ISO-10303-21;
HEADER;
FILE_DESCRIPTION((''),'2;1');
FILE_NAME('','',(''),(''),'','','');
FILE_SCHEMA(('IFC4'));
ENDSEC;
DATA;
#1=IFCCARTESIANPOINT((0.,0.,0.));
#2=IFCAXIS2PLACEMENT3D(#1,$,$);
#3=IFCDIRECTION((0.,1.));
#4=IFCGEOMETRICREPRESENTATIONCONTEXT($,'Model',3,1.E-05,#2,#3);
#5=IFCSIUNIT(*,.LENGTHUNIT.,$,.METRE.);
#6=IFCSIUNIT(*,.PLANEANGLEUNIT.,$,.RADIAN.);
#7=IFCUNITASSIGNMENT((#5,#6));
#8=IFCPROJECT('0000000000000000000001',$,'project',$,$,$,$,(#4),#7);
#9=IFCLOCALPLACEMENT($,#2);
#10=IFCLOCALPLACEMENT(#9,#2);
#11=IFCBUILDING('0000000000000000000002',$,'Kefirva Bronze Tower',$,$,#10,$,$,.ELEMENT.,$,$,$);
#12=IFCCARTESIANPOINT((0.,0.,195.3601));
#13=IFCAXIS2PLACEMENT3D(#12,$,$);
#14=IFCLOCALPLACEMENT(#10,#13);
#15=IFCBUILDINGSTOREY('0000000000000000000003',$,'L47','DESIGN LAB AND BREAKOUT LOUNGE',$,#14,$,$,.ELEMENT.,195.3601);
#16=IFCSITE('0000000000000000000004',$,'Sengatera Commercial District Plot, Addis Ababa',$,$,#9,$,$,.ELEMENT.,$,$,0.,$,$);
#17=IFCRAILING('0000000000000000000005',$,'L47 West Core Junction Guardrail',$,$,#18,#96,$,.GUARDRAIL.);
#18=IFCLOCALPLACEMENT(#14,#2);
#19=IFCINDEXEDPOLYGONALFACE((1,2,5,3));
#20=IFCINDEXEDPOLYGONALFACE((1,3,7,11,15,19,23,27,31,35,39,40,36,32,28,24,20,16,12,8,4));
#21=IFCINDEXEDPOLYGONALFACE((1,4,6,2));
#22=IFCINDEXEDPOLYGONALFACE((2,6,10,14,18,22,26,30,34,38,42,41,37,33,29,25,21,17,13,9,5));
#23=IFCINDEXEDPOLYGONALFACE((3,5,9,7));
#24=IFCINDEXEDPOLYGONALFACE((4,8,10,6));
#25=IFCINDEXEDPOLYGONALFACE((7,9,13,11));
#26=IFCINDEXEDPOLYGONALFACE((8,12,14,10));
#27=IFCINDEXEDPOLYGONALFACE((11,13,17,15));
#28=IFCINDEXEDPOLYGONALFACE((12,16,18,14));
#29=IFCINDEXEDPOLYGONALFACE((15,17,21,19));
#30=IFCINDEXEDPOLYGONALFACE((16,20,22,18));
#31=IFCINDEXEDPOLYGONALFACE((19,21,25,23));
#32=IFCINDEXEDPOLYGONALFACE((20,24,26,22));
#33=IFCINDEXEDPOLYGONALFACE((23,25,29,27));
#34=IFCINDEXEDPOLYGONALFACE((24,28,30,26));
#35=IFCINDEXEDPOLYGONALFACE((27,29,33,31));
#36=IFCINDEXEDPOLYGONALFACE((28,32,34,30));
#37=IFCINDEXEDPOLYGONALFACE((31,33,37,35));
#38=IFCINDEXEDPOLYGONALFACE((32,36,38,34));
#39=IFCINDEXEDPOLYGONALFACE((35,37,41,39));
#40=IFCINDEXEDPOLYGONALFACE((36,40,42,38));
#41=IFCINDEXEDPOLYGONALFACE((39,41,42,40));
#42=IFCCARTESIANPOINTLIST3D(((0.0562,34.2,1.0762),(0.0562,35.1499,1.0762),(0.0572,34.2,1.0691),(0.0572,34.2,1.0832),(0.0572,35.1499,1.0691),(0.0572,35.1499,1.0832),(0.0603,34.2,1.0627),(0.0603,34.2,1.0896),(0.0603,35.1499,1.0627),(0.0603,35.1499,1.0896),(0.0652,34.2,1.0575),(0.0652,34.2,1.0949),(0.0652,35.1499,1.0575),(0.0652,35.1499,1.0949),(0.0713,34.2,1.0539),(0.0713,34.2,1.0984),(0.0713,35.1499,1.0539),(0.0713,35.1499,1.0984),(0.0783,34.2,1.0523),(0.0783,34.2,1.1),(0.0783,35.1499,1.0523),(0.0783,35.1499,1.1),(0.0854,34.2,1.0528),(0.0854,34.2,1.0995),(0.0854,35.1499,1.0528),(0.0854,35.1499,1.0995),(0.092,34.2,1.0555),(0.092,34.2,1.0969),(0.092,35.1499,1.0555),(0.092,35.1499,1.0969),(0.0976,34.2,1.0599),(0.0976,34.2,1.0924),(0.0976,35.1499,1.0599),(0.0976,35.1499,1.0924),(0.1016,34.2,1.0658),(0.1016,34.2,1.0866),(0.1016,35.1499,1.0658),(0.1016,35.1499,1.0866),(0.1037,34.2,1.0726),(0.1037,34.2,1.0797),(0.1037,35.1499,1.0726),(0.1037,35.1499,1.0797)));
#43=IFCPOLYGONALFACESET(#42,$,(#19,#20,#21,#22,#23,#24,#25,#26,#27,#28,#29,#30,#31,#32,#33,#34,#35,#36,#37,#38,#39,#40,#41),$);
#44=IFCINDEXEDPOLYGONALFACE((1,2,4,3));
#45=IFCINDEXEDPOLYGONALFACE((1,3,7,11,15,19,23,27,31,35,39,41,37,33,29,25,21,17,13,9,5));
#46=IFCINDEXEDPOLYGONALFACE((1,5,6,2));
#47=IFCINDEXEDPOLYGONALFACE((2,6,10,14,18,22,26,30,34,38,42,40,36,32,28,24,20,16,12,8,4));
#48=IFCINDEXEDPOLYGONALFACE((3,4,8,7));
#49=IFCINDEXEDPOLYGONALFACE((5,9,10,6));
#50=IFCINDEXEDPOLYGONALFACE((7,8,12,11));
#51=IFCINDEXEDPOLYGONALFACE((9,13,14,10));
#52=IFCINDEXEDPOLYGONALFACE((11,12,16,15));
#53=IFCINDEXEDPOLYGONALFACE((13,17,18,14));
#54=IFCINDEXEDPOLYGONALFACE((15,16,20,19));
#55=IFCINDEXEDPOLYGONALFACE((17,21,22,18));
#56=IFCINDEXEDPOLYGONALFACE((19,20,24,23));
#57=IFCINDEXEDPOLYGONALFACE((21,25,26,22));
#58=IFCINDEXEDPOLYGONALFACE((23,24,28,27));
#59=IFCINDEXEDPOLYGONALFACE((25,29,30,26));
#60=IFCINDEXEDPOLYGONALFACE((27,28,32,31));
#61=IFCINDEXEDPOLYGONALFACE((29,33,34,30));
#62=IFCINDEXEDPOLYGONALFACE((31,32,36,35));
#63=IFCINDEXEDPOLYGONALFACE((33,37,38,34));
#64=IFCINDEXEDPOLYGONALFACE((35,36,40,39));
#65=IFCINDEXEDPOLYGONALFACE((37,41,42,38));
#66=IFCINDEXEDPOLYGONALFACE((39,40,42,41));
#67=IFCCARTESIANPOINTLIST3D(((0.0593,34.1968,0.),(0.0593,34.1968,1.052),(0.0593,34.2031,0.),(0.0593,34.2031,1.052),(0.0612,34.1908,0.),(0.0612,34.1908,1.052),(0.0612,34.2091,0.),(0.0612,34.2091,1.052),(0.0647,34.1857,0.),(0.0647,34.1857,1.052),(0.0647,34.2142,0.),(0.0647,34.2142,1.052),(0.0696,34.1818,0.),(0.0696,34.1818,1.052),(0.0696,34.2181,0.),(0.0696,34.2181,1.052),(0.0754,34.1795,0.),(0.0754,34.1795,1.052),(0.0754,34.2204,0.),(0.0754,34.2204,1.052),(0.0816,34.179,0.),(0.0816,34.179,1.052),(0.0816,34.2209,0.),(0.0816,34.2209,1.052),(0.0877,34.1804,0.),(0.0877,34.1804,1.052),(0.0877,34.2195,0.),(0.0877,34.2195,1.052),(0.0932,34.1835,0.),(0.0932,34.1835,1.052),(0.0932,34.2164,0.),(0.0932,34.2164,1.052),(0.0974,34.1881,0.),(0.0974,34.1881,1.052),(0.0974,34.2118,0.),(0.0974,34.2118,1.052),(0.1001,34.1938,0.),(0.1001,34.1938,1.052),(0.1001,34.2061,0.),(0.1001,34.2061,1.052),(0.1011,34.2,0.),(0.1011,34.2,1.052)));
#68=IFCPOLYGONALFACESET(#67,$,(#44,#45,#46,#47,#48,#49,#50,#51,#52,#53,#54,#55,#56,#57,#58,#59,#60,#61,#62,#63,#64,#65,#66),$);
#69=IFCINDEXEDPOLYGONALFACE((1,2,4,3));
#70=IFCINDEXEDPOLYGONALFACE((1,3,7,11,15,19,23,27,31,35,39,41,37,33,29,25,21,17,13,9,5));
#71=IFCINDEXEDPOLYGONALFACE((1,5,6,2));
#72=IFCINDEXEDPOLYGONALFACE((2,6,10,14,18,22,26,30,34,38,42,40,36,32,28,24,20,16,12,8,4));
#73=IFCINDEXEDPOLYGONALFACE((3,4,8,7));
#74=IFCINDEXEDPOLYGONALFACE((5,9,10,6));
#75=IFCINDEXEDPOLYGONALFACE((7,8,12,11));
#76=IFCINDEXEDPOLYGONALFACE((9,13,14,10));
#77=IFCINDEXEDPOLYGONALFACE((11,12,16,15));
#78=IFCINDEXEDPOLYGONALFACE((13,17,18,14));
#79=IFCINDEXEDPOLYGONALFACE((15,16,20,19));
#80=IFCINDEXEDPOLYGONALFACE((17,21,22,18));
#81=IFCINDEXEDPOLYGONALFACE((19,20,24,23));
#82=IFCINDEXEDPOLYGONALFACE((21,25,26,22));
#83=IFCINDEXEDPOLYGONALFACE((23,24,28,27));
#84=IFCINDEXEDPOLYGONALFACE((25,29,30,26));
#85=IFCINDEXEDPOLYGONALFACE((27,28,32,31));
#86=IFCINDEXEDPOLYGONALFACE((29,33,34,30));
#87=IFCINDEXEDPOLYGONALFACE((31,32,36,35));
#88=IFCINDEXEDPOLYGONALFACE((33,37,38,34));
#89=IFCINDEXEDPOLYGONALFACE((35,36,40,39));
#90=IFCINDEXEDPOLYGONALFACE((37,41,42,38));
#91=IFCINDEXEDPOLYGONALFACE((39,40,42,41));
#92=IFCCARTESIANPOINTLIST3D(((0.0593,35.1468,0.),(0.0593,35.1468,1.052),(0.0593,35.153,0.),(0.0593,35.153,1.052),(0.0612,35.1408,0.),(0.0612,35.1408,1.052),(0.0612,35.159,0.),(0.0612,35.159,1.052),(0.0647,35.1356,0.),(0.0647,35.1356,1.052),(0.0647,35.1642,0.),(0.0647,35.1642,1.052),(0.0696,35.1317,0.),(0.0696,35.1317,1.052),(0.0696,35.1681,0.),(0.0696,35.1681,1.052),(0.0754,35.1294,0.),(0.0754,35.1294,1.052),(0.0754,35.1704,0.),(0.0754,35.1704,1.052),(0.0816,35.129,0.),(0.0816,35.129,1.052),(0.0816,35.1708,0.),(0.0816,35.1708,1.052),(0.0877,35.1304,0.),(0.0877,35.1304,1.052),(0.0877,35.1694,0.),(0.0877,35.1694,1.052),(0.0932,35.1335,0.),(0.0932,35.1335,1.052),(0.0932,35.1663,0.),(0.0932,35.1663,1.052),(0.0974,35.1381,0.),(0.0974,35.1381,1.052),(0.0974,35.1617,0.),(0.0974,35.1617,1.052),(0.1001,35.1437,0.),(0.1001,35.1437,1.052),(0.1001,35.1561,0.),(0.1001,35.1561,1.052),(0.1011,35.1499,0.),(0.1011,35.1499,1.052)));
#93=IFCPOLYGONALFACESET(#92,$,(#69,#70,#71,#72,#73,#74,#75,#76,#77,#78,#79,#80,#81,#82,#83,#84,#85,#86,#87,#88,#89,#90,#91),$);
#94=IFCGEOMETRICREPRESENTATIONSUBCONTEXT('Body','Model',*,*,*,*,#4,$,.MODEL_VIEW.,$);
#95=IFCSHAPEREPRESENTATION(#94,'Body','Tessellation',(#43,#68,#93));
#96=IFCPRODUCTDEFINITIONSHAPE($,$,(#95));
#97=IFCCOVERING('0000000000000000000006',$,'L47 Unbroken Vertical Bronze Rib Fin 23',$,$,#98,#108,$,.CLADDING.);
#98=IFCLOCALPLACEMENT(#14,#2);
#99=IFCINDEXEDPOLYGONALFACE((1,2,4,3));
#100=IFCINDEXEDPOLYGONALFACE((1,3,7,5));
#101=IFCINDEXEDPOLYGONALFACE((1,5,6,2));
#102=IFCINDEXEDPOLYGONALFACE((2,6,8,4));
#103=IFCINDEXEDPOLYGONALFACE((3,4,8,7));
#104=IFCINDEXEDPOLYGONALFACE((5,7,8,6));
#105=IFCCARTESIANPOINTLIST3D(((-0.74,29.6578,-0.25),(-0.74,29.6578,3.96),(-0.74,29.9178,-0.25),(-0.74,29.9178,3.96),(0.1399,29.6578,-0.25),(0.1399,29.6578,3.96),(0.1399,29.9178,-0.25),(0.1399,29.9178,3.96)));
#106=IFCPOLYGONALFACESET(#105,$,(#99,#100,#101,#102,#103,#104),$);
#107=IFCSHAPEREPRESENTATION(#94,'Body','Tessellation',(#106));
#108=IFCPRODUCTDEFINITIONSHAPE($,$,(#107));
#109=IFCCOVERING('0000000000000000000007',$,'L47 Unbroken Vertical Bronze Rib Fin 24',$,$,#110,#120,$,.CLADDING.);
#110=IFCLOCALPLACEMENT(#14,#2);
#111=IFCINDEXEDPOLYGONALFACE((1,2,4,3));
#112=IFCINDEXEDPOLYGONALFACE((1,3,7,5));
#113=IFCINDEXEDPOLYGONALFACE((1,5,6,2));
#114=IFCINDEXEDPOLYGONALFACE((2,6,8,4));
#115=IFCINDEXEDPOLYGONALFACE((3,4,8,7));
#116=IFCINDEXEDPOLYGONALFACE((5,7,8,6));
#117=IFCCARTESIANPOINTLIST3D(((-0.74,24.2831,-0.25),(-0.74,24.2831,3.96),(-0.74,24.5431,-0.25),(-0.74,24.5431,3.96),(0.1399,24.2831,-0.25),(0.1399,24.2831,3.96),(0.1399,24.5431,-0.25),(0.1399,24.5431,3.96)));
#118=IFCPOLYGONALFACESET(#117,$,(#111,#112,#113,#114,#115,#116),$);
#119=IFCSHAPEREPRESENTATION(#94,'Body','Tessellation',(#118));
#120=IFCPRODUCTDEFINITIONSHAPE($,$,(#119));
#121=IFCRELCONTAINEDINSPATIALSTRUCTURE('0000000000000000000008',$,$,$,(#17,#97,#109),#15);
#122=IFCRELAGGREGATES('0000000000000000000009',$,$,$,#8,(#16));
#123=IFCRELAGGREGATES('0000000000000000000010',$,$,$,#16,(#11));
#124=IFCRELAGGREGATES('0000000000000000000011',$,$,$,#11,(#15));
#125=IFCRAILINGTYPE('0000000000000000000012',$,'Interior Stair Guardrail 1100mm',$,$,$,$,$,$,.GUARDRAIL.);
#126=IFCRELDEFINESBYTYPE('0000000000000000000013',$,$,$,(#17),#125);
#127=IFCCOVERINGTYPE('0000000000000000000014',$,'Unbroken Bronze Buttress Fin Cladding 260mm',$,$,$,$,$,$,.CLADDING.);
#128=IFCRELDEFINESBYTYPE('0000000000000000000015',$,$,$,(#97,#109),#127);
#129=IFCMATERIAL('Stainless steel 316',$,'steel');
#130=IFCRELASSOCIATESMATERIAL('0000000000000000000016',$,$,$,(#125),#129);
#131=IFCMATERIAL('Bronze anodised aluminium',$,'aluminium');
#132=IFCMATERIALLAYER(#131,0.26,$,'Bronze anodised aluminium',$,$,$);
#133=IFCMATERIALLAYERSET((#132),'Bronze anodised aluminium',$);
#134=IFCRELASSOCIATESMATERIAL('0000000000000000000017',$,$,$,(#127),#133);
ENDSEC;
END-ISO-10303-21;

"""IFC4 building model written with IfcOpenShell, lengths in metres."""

from ifc_helpers import new_model, si_unit, direction, frame, origin, origin_2d, place, context, subcontext, project, spatial, rectangle, circle, extrude, material, layer, layer_set, type_object, element, save


model = new_model("IFC4")

# Units and contexts
model_context = context("Model", 3, precision=1e-05, world=origin(), true_north=direction((0.0, 1.0)))
body_context = subcontext(model_context, "Body", "Model", "MODEL_VIEW")
ifc_project = project(units=[si_unit("LENGTHUNIT", "METRE"), si_unit("PLANEANGLEUNIT", "RADIAN")], contexts=[model_context])

# Site, building, storey
site_placement = place(None, origin())
site = spatial("IfcSite", under=ifc_project, at=site_placement, Name="Sengatera Commercial District Plot, Addis Ababa", CompositionType="ELEMENT", RefElevation=0.0)
building_placement = place(site_placement, origin())
building = spatial("IfcBuilding", under=site, at=building_placement, Name="Kefirva Bronze Tower", CompositionType="ELEMENT")
storey_placement = place(building_placement, frame((0.0, 0.0, 195.3601)))
storey = spatial("IfcBuildingStorey", under=building, at=storey_placement, Name="L47", Description="DESIGN LAB AND BREAKOUT LOUNGE", CompositionType="ELEMENT", Elevation=195.3601)

# Shared definitions
ifc_material_1 = material(Name="Bronze anodised aluminium", Category="aluminium")

# Railing
ifc_material_2 = material(Name="Stainless steel 316", Category="steel")
railing_type = type_object("IfcRailingType", Name="Interior Stair Guardrail 1100mm", PredefinedType="GUARDRAIL", material=ifc_material_2)
railing_placement = place(storey_placement, frame((0.0801, 34.2, 0.0)))
element("IfcRailing", 1, at=railing_placement, inside=storey, type_object=railing_type, Name="L47 West Core Junction Guardrail", PredefinedType="GUARDRAIL", context=body_context, shape_type="SweptSolid", body=[
    extrude(circle(Radius=0.0239, at=origin_2d()), frame((0.0, 0.0, 1.0762), z_axis=(0.0, 1.0, 0.0), x_axis=(-1.0, 0.0, 0.0)), (0.0, 0.0, 1.0), 0.95),
    extrude(circle(Radius=0.021, at=origin_2d()), origin(), (0.0, 0.0, 1.0), 1.052),
    extrude(circle(Radius=0.021, at=origin_2d()), frame((0.0, 0.95, 0.0)), (0.0, 0.0, 1.0), 1.052),
])

# Coverings
ifc_layer_1 = layer(ifc_material_1, 0.26, Name="Bronze anodised aluminium")
ifc_layer_set_1 = layer_set([ifc_layer_1], Name="Bronze anodised aluminium")
covering_type = type_object("IfcCoveringType", Name="Unbroken Bronze Buttress Fin Cladding 260mm", PredefinedType="CLADDING", material=ifc_layer_set_1)
for number, where, z_axis, x_axis, name in (
    (2, (-0.3, 29.7878, -0.25), (0.0, 0.0, 1.0), (0.0, -1.0, 0.0), "L47 Unbroken Vertical Bronze Rib Fin 23"),
    (3, (-0.3, 24.4131, -0.25), (0.0, 0.0, 1.0), (0.0, -1.0, 0.0), "L47 Unbroken Vertical Bronze Rib Fin 24"),
):
    element("IfcCovering", number, at=place(storey_placement, frame(where, z_axis=z_axis, x_axis=x_axis)), inside=storey, type_object=covering_type, Name=name, PredefinedType="CLADDING", context=body_context, shape_type="SweptSolid", body=[
        extrude(rectangle(XDim=0.26, YDim=0.8799, at=origin_2d()), origin(), (0.0, 0.0, 1.0), 4.21),
    ])

save(model, "model.ifc")
